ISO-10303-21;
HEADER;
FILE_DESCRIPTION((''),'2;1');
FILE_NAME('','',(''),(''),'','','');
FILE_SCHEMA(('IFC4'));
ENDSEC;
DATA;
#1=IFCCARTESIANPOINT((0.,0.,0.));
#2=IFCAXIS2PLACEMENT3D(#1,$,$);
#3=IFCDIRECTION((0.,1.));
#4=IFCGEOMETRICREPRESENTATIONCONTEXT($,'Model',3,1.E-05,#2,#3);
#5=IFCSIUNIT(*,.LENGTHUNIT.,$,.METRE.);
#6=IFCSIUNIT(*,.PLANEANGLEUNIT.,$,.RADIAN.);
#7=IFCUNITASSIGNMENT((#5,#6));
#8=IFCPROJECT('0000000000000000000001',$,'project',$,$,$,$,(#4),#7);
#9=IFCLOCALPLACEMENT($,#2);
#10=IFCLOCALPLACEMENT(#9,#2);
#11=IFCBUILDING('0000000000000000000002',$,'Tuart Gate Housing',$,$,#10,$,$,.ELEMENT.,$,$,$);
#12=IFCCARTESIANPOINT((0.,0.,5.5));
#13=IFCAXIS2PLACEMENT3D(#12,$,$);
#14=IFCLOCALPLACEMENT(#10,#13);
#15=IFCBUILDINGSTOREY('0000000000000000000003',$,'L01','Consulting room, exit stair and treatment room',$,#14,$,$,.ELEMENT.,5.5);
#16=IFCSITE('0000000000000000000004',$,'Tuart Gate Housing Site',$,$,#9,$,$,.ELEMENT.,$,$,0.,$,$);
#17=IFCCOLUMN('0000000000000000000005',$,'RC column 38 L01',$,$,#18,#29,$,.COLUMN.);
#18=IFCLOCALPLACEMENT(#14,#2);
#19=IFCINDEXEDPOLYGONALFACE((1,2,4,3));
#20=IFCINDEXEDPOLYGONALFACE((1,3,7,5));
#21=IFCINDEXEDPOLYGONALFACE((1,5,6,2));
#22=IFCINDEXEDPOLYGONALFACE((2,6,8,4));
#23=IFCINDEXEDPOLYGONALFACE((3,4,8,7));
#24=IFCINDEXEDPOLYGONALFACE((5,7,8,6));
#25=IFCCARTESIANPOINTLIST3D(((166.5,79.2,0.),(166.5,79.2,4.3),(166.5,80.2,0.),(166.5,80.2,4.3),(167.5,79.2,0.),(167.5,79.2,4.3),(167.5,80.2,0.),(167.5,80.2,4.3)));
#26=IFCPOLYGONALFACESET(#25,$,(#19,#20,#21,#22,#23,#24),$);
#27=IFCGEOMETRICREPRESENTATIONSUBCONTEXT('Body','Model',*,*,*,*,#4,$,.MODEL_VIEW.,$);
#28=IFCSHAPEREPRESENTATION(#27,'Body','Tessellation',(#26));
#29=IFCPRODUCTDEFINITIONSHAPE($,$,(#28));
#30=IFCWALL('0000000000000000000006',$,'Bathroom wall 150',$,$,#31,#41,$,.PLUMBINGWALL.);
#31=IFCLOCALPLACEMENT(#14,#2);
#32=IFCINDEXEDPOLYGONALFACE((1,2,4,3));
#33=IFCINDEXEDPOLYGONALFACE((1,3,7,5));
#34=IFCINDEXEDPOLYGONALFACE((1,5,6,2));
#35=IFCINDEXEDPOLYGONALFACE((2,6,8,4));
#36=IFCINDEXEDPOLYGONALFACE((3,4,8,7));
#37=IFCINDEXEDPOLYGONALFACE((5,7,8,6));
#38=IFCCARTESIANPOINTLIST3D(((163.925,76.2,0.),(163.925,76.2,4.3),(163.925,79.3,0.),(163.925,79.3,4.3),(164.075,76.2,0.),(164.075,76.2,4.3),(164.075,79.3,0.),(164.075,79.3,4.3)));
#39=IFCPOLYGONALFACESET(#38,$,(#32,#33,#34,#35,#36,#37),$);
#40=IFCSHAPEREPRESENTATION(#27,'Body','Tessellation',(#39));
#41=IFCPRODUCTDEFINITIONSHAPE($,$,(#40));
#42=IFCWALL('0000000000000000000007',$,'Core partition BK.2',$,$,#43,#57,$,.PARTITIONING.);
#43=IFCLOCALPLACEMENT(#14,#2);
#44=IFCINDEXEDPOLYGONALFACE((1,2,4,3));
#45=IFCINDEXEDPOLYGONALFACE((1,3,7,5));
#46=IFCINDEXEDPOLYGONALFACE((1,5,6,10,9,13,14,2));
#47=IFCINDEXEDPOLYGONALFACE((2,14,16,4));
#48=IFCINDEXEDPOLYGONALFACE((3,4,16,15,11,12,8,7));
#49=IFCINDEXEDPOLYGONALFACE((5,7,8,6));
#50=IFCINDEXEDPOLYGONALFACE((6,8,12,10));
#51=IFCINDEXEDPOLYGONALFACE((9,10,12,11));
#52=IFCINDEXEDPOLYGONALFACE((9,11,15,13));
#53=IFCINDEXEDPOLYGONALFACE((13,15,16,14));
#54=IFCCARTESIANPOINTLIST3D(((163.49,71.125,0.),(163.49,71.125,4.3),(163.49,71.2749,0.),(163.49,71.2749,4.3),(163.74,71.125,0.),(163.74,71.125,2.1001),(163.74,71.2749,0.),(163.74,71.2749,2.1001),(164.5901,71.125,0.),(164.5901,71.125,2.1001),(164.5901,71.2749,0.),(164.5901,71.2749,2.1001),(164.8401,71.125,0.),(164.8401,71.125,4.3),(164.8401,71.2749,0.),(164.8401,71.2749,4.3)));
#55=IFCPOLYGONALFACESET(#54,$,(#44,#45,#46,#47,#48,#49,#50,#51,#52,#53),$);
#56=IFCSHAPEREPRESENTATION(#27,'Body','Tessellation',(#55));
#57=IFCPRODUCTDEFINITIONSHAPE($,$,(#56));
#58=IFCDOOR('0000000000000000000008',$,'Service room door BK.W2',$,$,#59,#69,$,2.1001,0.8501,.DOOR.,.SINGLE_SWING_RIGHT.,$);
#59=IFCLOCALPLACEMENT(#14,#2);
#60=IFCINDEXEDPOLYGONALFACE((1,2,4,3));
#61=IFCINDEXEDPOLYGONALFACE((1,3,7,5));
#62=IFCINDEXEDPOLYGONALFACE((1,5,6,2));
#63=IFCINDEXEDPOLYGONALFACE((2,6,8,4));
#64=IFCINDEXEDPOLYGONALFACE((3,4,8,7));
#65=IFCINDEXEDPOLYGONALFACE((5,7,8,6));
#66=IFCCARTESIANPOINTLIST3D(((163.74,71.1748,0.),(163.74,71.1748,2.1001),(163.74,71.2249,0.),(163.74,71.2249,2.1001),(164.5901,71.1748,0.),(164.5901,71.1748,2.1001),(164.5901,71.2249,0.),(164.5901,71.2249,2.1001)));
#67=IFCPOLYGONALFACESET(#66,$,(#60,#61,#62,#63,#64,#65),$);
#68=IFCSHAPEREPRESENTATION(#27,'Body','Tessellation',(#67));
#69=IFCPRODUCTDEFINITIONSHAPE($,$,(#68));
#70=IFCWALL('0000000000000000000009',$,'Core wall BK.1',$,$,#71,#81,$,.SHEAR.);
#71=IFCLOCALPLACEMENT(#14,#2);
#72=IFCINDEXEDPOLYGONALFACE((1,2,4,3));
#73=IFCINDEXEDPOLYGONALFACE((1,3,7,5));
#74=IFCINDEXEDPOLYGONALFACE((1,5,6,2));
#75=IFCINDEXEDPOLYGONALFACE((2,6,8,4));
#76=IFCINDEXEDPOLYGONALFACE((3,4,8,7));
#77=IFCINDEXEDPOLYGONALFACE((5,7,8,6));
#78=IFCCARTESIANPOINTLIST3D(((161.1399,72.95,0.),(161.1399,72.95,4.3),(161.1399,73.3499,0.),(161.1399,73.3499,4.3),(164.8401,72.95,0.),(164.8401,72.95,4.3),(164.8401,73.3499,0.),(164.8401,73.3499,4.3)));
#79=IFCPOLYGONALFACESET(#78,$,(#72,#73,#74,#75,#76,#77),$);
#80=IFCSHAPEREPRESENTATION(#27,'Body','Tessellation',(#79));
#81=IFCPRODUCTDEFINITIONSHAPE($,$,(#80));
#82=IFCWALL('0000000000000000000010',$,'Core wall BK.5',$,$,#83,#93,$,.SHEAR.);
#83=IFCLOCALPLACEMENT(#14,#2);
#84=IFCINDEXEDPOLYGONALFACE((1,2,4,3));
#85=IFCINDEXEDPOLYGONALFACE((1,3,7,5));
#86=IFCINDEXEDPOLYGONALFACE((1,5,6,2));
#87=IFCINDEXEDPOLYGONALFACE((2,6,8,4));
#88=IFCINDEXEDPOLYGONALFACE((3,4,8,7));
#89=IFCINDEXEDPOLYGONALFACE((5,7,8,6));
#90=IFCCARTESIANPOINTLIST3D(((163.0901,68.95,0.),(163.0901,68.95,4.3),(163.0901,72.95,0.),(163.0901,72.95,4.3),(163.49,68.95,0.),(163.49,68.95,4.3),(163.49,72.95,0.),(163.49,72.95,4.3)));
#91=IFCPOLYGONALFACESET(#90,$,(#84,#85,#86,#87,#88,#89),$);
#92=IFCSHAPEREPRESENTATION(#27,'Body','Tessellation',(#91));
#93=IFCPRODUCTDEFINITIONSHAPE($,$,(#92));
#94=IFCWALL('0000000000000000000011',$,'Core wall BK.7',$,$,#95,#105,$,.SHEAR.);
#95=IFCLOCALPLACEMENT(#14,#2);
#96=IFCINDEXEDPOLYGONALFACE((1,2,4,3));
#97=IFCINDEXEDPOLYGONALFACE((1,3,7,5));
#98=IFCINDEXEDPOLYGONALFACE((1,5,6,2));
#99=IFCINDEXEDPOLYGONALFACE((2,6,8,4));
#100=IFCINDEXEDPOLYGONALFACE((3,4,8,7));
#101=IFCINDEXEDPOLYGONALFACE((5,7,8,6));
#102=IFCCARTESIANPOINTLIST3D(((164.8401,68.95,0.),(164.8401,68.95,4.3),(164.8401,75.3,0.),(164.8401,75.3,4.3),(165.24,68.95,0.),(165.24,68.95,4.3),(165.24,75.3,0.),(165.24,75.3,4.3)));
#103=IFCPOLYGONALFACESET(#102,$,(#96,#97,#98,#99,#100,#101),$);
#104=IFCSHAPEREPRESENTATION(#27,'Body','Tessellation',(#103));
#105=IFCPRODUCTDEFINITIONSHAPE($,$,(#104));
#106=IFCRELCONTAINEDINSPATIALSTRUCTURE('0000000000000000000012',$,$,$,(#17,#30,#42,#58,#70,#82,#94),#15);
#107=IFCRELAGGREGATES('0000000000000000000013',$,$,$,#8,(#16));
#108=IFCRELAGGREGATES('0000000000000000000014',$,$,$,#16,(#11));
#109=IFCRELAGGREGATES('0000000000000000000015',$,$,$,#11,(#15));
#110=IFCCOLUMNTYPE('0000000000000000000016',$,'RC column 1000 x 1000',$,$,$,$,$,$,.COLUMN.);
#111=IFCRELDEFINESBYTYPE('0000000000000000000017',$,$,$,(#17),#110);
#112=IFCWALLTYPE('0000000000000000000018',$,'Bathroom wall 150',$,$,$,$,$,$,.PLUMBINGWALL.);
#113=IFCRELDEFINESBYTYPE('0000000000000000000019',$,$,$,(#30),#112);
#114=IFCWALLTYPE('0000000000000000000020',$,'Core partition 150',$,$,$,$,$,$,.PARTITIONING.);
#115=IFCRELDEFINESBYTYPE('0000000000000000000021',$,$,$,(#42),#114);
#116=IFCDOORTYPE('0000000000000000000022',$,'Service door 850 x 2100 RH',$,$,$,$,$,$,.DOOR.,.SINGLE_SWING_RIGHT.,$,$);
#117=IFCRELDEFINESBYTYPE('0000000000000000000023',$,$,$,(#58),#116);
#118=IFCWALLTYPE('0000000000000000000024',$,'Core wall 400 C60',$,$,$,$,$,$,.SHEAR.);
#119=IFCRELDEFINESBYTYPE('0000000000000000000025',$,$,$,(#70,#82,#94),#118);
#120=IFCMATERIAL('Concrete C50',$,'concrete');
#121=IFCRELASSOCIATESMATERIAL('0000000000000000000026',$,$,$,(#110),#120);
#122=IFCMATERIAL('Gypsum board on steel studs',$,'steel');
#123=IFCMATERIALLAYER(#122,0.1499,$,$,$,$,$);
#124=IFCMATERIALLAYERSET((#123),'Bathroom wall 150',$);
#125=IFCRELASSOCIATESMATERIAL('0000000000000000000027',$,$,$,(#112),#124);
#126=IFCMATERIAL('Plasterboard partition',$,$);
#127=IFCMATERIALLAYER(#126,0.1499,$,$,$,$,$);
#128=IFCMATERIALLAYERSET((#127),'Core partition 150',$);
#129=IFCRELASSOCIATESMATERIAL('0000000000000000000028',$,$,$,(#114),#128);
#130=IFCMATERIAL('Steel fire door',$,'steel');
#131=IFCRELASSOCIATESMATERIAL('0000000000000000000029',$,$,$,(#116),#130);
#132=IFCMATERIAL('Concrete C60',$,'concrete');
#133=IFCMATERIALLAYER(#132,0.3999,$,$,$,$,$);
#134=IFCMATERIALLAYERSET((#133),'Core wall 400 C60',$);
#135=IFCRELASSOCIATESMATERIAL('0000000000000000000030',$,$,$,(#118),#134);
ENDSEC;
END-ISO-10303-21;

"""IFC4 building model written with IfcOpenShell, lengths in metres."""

from ifc_helpers import new_model, si_unit, direction, frame, frame_2d, origin, origin_2d, place, context, subcontext, project, spatial, rectangle, extrude, material, layer, layer_set, material_profile, profile_set, type_object, element, fill, save


model = new_model("IFC4")

# Units and contexts
model_context = context("Model", 3, precision=1e-05, world=origin(), true_north=direction((0.0, 1.0)))
body_context = subcontext(model_context, "Body", "Model", "MODEL_VIEW")
ifc_project = project(units=[si_unit("LENGTHUNIT", "METRE"), si_unit("PLANEANGLEUNIT", "RADIAN")], contexts=[model_context])

# Site, building, storey
site_placement = place(None, origin())
site = spatial("IfcSite", under=ifc_project, at=site_placement, Name="Tuart Gate Housing Site", CompositionType="ELEMENT", RefElevation=0.0)
building_placement = place(site_placement, origin())
building = spatial("IfcBuilding", under=site, at=building_placement, Name="Tuart Gate Housing", CompositionType="ELEMENT")
storey_placement = place(building_placement, frame((0.0, 0.0, 5.5)))
storey = spatial("IfcBuildingStorey", under=building, at=storey_placement, Name="L01", Description="Consulting room, exit stair and treatment room", CompositionType="ELEMENT", Elevation=5.5)

# Column
ifc_material_1 = material(Name="Concrete C50", Category="concrete")
ifc_material_profile = material_profile(ifc_material_1, rectangle(XDim=1.0, YDim=1.0, at=origin_2d()), Name="RC column 1000 x 1000")
ifc_profile_set = profile_set([ifc_material_profile], Name="Concrete C50")
column_type = type_object("IfcColumnType", Name="RC column 1000 x 1000", PredefinedType="COLUMN", material=ifc_profile_set)
column_placement = place(storey_placement, frame((167.0, 79.7, 0.0), z_axis=(0.0, 0.0, 1.0), x_axis=(1.0, 0.0, 0.0)))
element("IfcColumn", 1, at=column_placement, inside=storey, type_object=column_type, Name="RC column 38 L01", PredefinedType="COLUMN", context=body_context, shape_type="SweptSolid", body=[
    extrude(rectangle(XDim=1.0, YDim=1.0, at=origin_2d()), origin(), (0.0, 0.0, 1.0), 4.3),
])

# Wall
ifc_material_2 = material(Name="Gypsum board on steel studs", Category="steel")
ifc_layer_1 = layer(ifc_material_2, 0.1499)
ifc_layer_set_1 = layer_set([ifc_layer_1], Name="Bathroom wall 150")
wall_type_1 = type_object("IfcWallType", Name="Bathroom wall 150", PredefinedType="PLUMBINGWALL", material=ifc_layer_set_1)
wall_1_placement = place(storey_placement, frame((164.0, 76.2, 0.0), z_axis=(0.0, 0.0, 1.0), x_axis=(0.0, 1.0, 0.0)))
element("IfcWall", 2, at=wall_1_placement, inside=storey, type_object=wall_type_1, Name="Bathroom wall 150", PredefinedType="PLUMBINGWALL", context=body_context, shape_type="SweptSolid", body=[
    extrude(rectangle(XDim=3.1001, YDim=0.1499, at=frame_2d((1.55, 0.0))), origin(), (0.0, 0.0, 1.0), 4.3),
])

# Wall, opening, door
ifc_material_3 = material(Name="Plasterboard partition")
ifc_layer_2 = layer(ifc_material_3, 0.1499)
ifc_layer_set_2 = layer_set([ifc_layer_2], Name="Core partition 150")
wall_type_2 = type_object("IfcWallType", Name="Core partition 150", PredefinedType="PARTITIONING", material=ifc_layer_set_2)
wall_2_placement = place(storey_placement, frame((163.49, 71.2, 0.0), z_axis=(0.0, 0.0, 1.0), x_axis=(1.0, 0.0, 0.0)))
wall_2 = element("IfcWall", 3, at=wall_2_placement, inside=storey, type_object=wall_type_2, Name="Core partition BK.2", PredefinedType="PARTITIONING", context=body_context, shape_type="SweptSolid", body=[
    extrude(rectangle(XDim=1.3501, YDim=0.1499, at=frame_2d((0.675, 0.0))), origin(), (0.0, 0.0, 1.0), 4.3),
])
opening_1_placement = place(wall_2_placement, frame((0.25, 0.0, 0.0)))
opening_1 = element("IfcOpeningElement", 4, at=opening_1_placement, cuts=wall_2, PredefinedType="OPENING", context=body_context, shape_type="SweptSolid", body=[
    extrude(rectangle(XDim=0.8501, YDim=2.1001, at=frame_2d((0.425, 1.05))), frame((0.0, 0.085, 0.0), z_axis=(0.0, -1.0, 0.0), x_axis=(1.0, 0.0, 0.0)), (0.0, 0.0, 1.0), 0.1699),
])
ifc_material_4 = material(Name="Steel fire door", Category="steel")
door_type_1 = type_object("IfcDoorType", Name="Service door 850 x 2100 RH", OperationType="SINGLE_SWING_RIGHT", PredefinedType="DOOR", material=ifc_material_4)
door_1_placement = place(opening_1_placement, frame((0.8501, 0.0, 0.0), z_axis=(0.0, 0.0, 1.0), x_axis=(-1.0, 0.0, 0.0)))
door_1 = element("IfcDoor", 5, at=door_1_placement, inside=storey, type_object=door_type_1, Name="Service room door BK.W2", OperationType="SINGLE_SWING_RIGHT", OverallHeight=2.1001, OverallWidth=0.8501, PredefinedType="DOOR", context=body_context, shape_type="SweptSolid", body=[
    extrude(rectangle(XDim=0.8501, YDim=2.1001, at=frame_2d((0.425, 1.05))), frame((0.0, 0.0251, 0.0), z_axis=(0.0, -1.0, 0.0), x_axis=(1.0, 0.0, 0.0)), (0.0, 0.0, 1.0), 0.05),
])
fill(opening_1, door_1)

# Walls
ifc_material_5 = material(Name="Concrete C60", Category="concrete")
ifc_layer_3 = layer(ifc_material_5, 0.3999)
ifc_layer_set_3 = layer_set([ifc_layer_3], Name="Core wall 400 C60")
wall_type_3 = type_object("IfcWallType", Name="Core wall 400 C60", PredefinedType="SHEAR", material=ifc_layer_set_3)
wall_3_placement = place(storey_placement, frame((161.1399, 73.1499, 0.0), z_axis=(0.0, 0.0, 1.0), x_axis=(1.0, 0.0, 0.0)))
element("IfcWall", 6, at=wall_3_placement, inside=storey, type_object=wall_type_3, Name="Core wall BK.1", PredefinedType="SHEAR", context=body_context, shape_type="SweptSolid", body=[
    extrude(rectangle(XDim=3.7002, YDim=0.3999, at=frame_2d((1.8501, 0.0))), origin(), (0.0, 0.0, 1.0), 4.3),
])
wall_4_placement = place(storey_placement, frame((163.29, 72.95, 0.0), z_axis=(0.0, 0.0, 1.0), x_axis=(0.0, -1.0, 0.0)))
element("IfcWall", 7, at=wall_4_placement, inside=storey, type_object=wall_type_3, Name="Core wall BK.5", PredefinedType="SHEAR", context=body_context, shape_type="SweptSolid", body=[
    extrude(rectangle(XDim=4.0, YDim=0.3999, at=frame_2d((2.0, 0.0))), origin(), (0.0, 0.0, 1.0), 4.3),
])
wall_5_placement = place(storey_placement, frame((165.04, 75.3, 0.0), z_axis=(0.0, 0.0, 1.0), x_axis=(0.0, -1.0, 0.0)))
element("IfcWall", 8, at=wall_5_placement, inside=storey, type_object=wall_type_3, Name="Core wall BK.7", PredefinedType="SHEAR", context=body_context, shape_type="SweptSolid", body=[
    extrude(rectangle(XDim=6.3501, YDim=0.3999, at=frame_2d((3.175, 0.0))), origin(), (0.0, 0.0, 1.0), 4.3),
])

save(model, "model.ifc")
